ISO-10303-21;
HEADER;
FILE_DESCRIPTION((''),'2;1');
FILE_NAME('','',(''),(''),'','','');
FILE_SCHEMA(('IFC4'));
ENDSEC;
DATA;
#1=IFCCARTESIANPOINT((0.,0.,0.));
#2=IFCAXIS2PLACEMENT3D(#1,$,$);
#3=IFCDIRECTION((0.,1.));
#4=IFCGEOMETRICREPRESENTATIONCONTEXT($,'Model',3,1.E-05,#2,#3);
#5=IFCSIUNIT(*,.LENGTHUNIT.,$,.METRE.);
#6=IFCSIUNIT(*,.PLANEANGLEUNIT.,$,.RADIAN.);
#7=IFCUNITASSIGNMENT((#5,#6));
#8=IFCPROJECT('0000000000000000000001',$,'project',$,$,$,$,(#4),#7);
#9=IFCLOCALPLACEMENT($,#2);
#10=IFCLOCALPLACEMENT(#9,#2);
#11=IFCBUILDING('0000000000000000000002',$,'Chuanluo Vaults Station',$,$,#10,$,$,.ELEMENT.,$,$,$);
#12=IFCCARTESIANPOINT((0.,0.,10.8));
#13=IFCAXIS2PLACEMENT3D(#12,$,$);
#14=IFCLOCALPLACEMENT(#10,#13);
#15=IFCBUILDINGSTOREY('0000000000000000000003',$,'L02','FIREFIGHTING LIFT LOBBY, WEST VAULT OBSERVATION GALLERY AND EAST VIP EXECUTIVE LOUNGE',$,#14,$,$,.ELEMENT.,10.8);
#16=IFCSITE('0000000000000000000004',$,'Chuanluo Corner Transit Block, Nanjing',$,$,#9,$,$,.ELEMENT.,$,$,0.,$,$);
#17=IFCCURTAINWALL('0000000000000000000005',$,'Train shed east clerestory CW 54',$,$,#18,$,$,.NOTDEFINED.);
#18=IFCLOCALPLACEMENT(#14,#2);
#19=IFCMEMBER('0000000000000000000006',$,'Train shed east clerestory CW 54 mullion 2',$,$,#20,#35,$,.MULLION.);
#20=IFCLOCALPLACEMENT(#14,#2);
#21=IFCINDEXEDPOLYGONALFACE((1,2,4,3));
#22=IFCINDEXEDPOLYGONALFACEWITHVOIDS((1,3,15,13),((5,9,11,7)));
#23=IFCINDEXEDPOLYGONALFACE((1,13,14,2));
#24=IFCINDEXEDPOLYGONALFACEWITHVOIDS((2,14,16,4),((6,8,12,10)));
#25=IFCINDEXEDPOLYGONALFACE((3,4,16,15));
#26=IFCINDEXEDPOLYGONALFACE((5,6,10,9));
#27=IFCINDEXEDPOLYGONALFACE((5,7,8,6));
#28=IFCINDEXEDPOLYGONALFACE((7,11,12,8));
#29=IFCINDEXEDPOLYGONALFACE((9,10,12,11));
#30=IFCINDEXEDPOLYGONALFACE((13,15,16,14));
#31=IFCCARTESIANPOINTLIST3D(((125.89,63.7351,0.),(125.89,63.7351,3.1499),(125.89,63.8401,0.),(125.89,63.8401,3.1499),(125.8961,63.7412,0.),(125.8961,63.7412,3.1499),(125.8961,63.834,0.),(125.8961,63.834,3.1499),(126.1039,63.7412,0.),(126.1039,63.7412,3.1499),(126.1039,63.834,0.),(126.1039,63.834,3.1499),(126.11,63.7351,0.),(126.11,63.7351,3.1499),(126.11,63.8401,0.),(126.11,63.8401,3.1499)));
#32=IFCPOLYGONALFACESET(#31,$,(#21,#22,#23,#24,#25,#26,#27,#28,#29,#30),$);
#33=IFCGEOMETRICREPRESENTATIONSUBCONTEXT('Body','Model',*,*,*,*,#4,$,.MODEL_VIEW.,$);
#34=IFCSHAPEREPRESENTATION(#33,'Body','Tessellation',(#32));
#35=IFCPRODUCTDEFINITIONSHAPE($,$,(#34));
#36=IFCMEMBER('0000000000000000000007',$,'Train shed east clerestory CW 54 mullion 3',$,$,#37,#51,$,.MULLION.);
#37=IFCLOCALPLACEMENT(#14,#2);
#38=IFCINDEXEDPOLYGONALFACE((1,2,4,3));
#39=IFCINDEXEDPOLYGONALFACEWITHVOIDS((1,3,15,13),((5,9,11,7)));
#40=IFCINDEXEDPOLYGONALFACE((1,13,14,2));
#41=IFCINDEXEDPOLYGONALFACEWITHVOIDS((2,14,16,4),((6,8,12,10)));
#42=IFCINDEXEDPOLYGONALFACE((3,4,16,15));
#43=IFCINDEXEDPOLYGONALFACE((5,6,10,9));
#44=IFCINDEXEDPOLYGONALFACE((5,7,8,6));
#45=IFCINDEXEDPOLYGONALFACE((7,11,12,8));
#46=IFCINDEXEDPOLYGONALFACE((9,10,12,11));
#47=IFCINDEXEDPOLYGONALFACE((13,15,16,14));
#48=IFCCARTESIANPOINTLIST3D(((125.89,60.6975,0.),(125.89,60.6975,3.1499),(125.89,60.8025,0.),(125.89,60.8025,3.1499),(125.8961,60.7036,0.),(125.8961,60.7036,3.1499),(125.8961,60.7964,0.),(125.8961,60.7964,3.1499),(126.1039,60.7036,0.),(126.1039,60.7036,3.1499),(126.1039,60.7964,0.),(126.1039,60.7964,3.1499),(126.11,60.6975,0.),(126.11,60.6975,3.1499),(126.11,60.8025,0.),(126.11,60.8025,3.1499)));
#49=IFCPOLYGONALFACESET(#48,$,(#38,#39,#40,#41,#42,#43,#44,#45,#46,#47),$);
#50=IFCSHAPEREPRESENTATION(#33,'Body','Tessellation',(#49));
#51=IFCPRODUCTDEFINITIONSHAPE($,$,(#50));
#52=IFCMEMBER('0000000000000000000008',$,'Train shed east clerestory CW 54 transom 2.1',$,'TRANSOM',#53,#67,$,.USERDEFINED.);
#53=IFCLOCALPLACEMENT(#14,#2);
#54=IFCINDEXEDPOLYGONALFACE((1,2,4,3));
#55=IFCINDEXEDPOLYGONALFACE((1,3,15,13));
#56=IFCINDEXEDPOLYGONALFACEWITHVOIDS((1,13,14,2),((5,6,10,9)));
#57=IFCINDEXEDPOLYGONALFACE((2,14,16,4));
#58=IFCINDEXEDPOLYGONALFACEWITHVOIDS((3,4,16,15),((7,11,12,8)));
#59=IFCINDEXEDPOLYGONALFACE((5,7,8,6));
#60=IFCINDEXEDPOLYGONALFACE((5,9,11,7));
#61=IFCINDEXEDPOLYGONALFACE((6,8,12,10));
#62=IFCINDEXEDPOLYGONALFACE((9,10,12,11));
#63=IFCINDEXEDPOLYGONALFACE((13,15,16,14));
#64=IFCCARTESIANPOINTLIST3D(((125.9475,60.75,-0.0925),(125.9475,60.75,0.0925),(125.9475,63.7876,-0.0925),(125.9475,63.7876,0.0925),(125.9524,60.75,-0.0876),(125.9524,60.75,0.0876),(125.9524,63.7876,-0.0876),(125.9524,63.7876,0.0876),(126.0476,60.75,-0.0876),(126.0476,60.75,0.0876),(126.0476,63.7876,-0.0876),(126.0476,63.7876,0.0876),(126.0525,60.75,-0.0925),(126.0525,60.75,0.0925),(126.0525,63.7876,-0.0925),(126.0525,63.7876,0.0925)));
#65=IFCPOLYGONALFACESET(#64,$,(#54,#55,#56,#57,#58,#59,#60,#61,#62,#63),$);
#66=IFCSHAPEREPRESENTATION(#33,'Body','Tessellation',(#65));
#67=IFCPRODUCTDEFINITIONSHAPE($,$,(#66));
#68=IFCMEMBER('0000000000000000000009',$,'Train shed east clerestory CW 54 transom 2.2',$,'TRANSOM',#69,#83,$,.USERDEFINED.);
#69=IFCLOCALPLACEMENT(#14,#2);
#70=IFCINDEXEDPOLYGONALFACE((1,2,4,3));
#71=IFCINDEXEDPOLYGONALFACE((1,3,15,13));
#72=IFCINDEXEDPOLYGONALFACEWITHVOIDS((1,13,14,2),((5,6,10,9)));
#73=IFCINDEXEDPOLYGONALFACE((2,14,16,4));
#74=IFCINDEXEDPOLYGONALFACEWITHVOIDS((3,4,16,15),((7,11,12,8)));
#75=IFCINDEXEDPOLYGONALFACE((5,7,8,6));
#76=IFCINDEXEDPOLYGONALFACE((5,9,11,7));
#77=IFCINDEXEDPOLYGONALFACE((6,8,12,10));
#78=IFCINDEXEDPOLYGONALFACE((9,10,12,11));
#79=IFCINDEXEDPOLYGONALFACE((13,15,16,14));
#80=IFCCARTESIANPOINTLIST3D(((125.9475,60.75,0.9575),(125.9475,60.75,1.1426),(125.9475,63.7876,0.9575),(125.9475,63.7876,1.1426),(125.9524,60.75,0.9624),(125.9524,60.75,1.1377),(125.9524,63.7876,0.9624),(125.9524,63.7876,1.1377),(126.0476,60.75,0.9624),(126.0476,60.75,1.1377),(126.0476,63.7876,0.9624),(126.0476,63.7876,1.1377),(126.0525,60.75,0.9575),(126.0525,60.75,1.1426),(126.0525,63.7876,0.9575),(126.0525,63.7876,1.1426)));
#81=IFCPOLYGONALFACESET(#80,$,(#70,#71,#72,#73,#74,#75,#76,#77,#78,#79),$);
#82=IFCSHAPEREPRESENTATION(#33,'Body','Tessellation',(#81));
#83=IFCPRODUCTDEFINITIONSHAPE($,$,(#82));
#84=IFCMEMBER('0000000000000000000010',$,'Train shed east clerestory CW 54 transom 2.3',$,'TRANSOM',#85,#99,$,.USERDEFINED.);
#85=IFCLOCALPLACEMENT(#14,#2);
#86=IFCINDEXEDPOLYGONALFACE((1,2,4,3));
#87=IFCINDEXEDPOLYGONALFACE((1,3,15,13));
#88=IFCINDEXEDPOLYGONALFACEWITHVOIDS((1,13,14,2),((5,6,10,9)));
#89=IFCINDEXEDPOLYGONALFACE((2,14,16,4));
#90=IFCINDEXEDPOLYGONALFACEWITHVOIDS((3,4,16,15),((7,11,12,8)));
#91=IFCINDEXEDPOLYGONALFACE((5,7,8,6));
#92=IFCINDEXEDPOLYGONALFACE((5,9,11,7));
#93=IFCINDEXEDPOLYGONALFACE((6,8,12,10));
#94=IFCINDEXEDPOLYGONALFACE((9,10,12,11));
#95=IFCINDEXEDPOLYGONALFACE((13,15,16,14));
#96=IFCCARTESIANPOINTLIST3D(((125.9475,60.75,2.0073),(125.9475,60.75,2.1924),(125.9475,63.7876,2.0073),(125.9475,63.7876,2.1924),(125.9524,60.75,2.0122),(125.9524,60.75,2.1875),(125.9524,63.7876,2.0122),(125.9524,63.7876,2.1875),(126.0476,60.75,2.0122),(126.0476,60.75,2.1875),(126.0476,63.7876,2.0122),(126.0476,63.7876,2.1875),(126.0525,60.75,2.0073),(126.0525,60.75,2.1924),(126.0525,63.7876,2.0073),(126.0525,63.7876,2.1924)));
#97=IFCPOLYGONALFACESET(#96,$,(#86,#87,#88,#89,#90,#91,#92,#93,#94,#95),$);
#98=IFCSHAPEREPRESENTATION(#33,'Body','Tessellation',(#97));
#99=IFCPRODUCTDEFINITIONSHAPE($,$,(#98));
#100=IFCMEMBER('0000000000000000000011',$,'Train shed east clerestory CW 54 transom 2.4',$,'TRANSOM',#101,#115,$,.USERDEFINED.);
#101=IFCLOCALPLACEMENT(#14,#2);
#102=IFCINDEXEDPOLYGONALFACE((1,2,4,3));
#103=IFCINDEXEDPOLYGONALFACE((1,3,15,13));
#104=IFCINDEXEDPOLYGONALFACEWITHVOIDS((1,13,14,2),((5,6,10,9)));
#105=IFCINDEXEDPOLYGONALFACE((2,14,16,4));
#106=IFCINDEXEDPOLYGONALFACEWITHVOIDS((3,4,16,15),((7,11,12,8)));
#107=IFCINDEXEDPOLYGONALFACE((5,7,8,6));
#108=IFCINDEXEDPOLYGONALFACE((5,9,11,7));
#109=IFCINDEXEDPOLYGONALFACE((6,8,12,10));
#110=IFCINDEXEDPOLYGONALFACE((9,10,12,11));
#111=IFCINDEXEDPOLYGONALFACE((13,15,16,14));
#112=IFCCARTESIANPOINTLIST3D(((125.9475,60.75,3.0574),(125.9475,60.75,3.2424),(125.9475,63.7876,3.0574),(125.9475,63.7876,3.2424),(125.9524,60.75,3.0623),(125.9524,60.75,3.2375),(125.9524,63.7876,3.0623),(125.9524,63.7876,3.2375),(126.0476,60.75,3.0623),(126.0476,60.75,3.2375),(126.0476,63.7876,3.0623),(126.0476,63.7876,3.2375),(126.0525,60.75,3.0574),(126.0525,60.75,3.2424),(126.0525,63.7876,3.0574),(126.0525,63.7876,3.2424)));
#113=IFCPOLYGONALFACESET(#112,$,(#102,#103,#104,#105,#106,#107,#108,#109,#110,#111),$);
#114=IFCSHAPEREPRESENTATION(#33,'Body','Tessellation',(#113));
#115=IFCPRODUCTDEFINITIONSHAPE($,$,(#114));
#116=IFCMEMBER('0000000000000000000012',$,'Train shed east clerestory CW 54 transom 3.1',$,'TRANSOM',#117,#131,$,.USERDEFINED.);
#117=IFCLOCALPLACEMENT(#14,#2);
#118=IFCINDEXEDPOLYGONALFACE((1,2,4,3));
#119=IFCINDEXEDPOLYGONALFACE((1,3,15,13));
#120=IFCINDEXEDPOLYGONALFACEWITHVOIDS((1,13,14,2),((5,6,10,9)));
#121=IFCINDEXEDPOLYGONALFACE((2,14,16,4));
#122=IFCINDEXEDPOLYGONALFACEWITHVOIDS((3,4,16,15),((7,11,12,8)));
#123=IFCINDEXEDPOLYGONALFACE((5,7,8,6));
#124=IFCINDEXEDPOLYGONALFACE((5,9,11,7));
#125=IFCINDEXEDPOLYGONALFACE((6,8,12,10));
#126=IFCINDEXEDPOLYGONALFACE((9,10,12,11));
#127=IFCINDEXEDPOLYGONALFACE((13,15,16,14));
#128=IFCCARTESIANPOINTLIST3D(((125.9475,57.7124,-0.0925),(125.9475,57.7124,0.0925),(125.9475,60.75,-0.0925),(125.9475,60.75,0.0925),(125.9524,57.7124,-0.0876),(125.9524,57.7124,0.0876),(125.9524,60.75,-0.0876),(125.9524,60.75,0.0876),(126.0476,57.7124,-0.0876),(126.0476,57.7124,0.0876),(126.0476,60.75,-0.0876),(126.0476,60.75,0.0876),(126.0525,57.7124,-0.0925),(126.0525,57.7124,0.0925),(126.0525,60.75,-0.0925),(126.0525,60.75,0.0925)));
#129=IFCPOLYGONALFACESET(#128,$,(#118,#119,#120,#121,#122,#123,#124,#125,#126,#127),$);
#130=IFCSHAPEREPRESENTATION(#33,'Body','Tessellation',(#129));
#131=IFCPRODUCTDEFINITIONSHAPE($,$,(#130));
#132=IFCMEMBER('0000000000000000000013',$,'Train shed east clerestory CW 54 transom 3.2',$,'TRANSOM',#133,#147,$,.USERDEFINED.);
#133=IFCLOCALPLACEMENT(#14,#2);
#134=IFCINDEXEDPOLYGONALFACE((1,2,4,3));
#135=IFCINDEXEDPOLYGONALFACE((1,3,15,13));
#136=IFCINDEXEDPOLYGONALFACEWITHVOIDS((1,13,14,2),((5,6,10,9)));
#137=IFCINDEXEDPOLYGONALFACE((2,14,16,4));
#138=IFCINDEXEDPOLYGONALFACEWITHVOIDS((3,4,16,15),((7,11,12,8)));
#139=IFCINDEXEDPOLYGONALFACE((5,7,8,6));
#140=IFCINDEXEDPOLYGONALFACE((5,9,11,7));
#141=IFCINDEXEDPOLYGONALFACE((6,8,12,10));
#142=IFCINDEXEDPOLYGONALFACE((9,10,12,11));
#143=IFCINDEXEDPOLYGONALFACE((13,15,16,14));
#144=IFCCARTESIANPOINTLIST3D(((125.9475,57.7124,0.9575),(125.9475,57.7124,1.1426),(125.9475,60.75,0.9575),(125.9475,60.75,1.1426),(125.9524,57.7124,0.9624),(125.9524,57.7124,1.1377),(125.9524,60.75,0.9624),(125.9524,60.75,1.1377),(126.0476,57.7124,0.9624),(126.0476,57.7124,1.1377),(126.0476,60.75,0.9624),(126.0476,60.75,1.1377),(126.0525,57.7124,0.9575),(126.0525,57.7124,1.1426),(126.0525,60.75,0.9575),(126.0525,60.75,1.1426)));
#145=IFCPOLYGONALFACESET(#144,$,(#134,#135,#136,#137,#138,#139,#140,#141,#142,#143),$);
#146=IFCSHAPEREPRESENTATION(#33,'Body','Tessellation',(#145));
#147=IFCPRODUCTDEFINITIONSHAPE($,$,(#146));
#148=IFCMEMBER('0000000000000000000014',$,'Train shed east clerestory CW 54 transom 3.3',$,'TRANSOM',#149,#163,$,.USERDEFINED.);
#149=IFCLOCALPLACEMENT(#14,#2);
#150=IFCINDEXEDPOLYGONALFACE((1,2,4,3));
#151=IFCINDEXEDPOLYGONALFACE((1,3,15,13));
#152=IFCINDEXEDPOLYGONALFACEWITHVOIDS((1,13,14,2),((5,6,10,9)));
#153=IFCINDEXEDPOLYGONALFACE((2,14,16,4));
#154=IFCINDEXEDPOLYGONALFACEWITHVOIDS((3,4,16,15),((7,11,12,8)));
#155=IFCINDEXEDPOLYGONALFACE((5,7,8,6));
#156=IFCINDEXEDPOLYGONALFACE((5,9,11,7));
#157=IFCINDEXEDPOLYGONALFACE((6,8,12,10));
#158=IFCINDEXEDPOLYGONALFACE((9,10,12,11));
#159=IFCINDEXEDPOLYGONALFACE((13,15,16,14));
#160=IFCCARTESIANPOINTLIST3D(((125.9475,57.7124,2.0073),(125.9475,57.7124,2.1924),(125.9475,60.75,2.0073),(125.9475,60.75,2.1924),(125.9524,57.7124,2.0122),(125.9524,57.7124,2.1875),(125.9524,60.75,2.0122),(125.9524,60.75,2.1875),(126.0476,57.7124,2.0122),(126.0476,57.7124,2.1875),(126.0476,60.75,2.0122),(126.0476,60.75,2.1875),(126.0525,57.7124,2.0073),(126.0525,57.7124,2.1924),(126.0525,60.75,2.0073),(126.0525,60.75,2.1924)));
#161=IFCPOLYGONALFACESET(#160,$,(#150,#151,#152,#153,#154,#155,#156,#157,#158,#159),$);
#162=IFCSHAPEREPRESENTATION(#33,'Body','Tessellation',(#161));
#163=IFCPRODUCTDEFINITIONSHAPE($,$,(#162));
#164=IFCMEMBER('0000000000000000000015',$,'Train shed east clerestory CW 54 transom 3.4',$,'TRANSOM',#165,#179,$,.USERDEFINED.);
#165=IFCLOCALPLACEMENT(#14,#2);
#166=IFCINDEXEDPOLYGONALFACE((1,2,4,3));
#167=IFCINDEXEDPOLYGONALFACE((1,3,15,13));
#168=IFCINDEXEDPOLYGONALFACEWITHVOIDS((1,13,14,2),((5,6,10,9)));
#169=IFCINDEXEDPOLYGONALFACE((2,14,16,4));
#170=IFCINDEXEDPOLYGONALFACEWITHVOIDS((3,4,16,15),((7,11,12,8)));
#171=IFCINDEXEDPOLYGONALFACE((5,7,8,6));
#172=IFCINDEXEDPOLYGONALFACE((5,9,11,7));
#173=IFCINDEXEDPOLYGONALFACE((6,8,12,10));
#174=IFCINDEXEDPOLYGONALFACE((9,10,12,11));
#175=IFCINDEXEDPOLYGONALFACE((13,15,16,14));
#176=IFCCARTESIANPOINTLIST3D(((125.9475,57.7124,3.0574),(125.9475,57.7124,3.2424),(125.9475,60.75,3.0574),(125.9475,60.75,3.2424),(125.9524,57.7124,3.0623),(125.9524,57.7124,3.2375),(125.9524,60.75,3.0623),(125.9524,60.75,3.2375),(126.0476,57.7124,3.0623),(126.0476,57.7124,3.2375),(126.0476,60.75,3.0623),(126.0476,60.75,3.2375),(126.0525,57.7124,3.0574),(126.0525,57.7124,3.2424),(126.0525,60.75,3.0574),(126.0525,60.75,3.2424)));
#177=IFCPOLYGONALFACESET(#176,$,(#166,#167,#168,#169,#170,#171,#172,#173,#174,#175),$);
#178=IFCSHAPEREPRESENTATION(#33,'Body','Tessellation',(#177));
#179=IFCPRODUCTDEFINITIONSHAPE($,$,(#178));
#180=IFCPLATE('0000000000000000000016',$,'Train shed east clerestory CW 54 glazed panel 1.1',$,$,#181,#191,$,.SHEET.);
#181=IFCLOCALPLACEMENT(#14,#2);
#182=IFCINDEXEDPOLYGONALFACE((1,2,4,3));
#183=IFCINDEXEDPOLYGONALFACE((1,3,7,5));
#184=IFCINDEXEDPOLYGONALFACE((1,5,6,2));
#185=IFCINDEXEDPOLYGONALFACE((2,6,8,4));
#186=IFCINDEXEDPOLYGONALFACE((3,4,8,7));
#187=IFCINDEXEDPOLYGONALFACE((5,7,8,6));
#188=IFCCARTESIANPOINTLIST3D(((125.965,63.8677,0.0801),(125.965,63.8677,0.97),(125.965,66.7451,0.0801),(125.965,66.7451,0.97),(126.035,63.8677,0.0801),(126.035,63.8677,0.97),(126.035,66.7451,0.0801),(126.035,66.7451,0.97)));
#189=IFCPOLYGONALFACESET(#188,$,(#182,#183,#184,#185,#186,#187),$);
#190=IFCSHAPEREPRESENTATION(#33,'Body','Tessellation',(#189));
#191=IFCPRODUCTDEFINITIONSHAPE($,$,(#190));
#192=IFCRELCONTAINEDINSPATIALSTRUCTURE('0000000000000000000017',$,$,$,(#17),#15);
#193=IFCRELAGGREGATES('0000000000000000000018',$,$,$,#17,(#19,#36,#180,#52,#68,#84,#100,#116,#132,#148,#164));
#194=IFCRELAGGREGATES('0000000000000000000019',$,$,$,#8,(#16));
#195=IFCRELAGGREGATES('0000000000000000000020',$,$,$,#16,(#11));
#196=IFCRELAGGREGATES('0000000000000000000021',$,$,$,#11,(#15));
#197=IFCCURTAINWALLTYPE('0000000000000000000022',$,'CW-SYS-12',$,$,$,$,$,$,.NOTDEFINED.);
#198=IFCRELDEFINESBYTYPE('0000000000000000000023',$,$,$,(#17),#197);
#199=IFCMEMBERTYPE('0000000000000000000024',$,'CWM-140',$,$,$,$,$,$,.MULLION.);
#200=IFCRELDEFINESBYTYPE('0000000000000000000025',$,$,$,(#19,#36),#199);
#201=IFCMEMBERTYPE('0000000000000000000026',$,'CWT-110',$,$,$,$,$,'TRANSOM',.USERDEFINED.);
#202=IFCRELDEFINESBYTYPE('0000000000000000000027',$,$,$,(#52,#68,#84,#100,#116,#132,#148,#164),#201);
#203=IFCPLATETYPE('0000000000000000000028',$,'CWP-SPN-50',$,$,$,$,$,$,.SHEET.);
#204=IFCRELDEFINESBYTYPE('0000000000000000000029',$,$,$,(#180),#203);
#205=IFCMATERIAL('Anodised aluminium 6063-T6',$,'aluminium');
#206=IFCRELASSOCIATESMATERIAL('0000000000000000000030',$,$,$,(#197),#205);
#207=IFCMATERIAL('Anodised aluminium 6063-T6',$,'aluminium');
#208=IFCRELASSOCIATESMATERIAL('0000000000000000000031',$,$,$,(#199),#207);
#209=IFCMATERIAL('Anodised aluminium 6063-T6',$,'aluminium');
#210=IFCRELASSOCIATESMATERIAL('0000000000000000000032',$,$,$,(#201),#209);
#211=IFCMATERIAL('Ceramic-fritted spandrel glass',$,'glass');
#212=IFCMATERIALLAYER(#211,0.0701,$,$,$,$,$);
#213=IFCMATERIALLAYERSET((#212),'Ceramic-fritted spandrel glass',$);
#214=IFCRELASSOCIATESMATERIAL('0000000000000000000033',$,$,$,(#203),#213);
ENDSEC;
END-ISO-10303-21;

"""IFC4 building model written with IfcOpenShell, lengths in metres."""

from ifc_helpers import new_model, si_unit, direction, frame, origin, origin_2d, place, context, subcontext, project, spatial, rectangle, hollow_rectangle, extrude, material, layer, layer_set, material_profile, profile_set, type_object, element, aggregate, save


model = new_model("IFC4")

# Units and contexts
model_context = context("Model", 3, precision=1e-05, world=origin(), true_north=direction((0.0, 1.0)))
body_context = subcontext(model_context, "Body", "Model", "MODEL_VIEW")
ifc_project = project(units=[si_unit("LENGTHUNIT", "METRE"), si_unit("PLANEANGLEUNIT", "RADIAN")], contexts=[model_context])

# Site, building, storey
site_placement = place(None, origin())
site = spatial("IfcSite", under=ifc_project, at=site_placement, Name="Chuanluo Corner Transit Block, Nanjing", CompositionType="ELEMENT", RefElevation=0.0)
building_placement = place(site_placement, origin())
building = spatial("IfcBuilding", under=site, at=building_placement, Name="Chuanluo Vaults Station", CompositionType="ELEMENT")
storey_placement = place(building_placement, frame((0.0, 0.0, 10.8)))
storey = spatial("IfcBuildingStorey", under=building, at=storey_placement, Name="L02", Description="FIREFIGHTING LIFT LOBBY, WEST VAULT OBSERVATION GALLERY AND EAST VIP EXECUTIVE LOUNGE", CompositionType="ELEMENT", Elevation=10.8)

# Curtain wall, members, plate
ifc_material_1 = material(Name="Anodised aluminium 6063-T6", Category="aluminium")
curtain_wall_type = type_object("IfcCurtainWallType", Name="CW-SYS-12", PredefinedType="NOTDEFINED", material=ifc_material_1)
curtain_wall_placement = place(storey_placement, origin())
curtain_wall = element("IfcCurtainWall", 1, at=curtain_wall_placement, inside=storey, type_object=curtain_wall_type, Name="Train shed east clerestory CW 54", PredefinedType="NOTDEFINED")
ifc_material_2 = material(Name="Anodised aluminium 6063-T6", Category="aluminium")
ifc_material_profile_1 = material_profile(ifc_material_2, hollow_rectangle(XDim=0.105, YDim=0.22, WallThickness=0.0061, at=origin_2d()))
ifc_profile_set_1 = profile_set([ifc_material_profile_1], Name="Anodised aluminium 6063-T6")
member_type_1 = type_object("IfcMemberType", Name="CWM-140", PredefinedType="MULLION", material=ifc_profile_set_1)
member_1_placement = place(storey_placement, frame((126.0, 63.7876, 0.0), z_axis=(0.0, 0.0, 1.0), x_axis=(0.0, -1.0, 0.0)))
member_1 = element("IfcMember", 2, at=member_1_placement, type_object=member_type_1, Name="Train shed east clerestory CW 54 mullion 2", PredefinedType="MULLION", context=body_context, shape_type="SweptSolid", body=[
    extrude(hollow_rectangle(XDim=0.105, YDim=0.22, WallThickness=0.0061, at=origin_2d()), origin(), (0.0, 0.0, 1.0), 3.1499),
])
member_2_placement = place(storey_placement, frame((126.0, 60.75, 0.0), z_axis=(0.0, 0.0, 1.0), x_axis=(0.0, -1.0, 0.0)))
member_2 = element("IfcMember", 3, at=member_2_placement, type_object=member_type_1, Name="Train shed east clerestory CW 54 mullion 3", PredefinedType="MULLION", context=body_context, shape_type="SweptSolid", body=[
    extrude(hollow_rectangle(XDim=0.105, YDim=0.22, WallThickness=0.0061, at=origin_2d()), origin(), (0.0, 0.0, 1.0), 3.1499),
])
ifc_material_3 = material(Name="Anodised aluminium 6063-T6", Category="aluminium")
ifc_material_profile_2 = material_profile(ifc_material_3, hollow_rectangle(XDim=0.105, YDim=0.1851, WallThickness=0.0049, at=origin_2d()))
ifc_profile_set_2 = profile_set([ifc_material_profile_2], Name="Anodised aluminium 6063-T6")
member_type_2 = type_object("IfcMemberType", Name="CWT-110", ElementType="TRANSOM", PredefinedType="USERDEFINED", material=ifc_profile_set_2)
member_3_placement = place(storey_placement, frame((126.0, 63.7876, 0.0), z_axis=(0.0, -1.0, 0.0), x_axis=(1.0, 0.0, 0.0)))
member_3 = element("IfcMember", 4, at=member_3_placement, type_object=member_type_2, Name="Train shed east clerestory CW 54 transom 2.1", ObjectType="TRANSOM", PredefinedType="USERDEFINED", context=body_context, shape_type="SweptSolid", body=[
    extrude(hollow_rectangle(XDim=0.105, YDim=0.1851, WallThickness=0.0049, at=origin_2d()), origin(), (0.0, 0.0, 1.0), 3.0376),
])
member_4_placement = place(storey_placement, frame((126.0, 63.7876, 1.05), z_axis=(0.0, -1.0, 0.0), x_axis=(1.0, 0.0, 0.0)))
member_4 = element("IfcMember", 5, at=member_4_placement, type_object=member_type_2, Name="Train shed east clerestory CW 54 transom 2.2", ObjectType="TRANSOM", PredefinedType="USERDEFINED", context=body_context, shape_type="SweptSolid", body=[
    extrude(hollow_rectangle(XDim=0.105, YDim=0.1851, WallThickness=0.0049, at=origin_2d()), origin(), (0.0, 0.0, 1.0), 3.0376),
])
member_5_placement = place(storey_placement, frame((126.0, 63.7876, 2.0999), z_axis=(0.0, -1.0, 0.0), x_axis=(1.0, 0.0, 0.0)))
member_5 = element("IfcMember", 6, at=member_5_placement, type_object=member_type_2, Name="Train shed east clerestory CW 54 transom 2.3", ObjectType="TRANSOM", PredefinedType="USERDEFINED", context=body_context, shape_type="SweptSolid", body=[
    extrude(hollow_rectangle(XDim=0.105, YDim=0.1851, WallThickness=0.0049, at=origin_2d()), origin(), (0.0, 0.0, 1.0), 3.0376),
])
member_6_placement = place(storey_placement, frame((126.0, 63.7876, 3.1499), z_axis=(0.0, -1.0, 0.0), x_axis=(1.0, 0.0, 0.0)))
member_6 = element("IfcMember", 7, at=member_6_placement, type_object=member_type_2, Name="Train shed east clerestory CW 54 transom 2.4", ObjectType="TRANSOM", PredefinedType="USERDEFINED", context=body_context, shape_type="SweptSolid", body=[
    extrude(hollow_rectangle(XDim=0.105, YDim=0.1851, WallThickness=0.0049, at=origin_2d()), origin(), (0.0, 0.0, 1.0), 3.0376),
])
member_7_placement = place(storey_placement, frame((126.0, 60.75, 0.0), z_axis=(0.0, -1.0, 0.0), x_axis=(1.0, 0.0, 0.0)))
member_7 = element("IfcMember", 8, at=member_7_placement, type_object=member_type_2, Name="Train shed east clerestory CW 54 transom 3.1", ObjectType="TRANSOM", PredefinedType="USERDEFINED", context=body_context, shape_type="SweptSolid", body=[
    extrude(hollow_rectangle(XDim=0.105, YDim=0.1851, WallThickness=0.0049, at=origin_2d()), origin(), (0.0, 0.0, 1.0), 3.0376),
])
member_8_placement = place(storey_placement, frame((126.0, 60.75, 1.05), z_axis=(0.0, -1.0, 0.0), x_axis=(1.0, 0.0, 0.0)))
member_8 = element("IfcMember", 9, at=member_8_placement, type_object=member_type_2, Name="Train shed east clerestory CW 54 transom 3.2", ObjectType="TRANSOM", PredefinedType="USERDEFINED", context=body_context, shape_type="SweptSolid", body=[
    extrude(hollow_rectangle(XDim=0.105, YDim=0.1851, WallThickness=0.0049, at=origin_2d()), origin(), (0.0, 0.0, 1.0), 3.0376),
])
member_9_placement = place(storey_placement, frame((126.0, 60.75, 2.0999), z_axis=(0.0, -1.0, 0.0), x_axis=(1.0, 0.0, 0.0)))
member_9 = element("IfcMember", 10, at=member_9_placement, type_object=member_type_2, Name="Train shed east clerestory CW 54 transom 3.3", ObjectType="TRANSOM", PredefinedType="USERDEFINED", context=body_context, shape_type="SweptSolid", body=[
    extrude(hollow_rectangle(XDim=0.105, YDim=0.1851, WallThickness=0.0049, at=origin_2d()), origin(), (0.0, 0.0, 1.0), 3.0376),
])
member_10_placement = place(storey_placement, frame((126.0, 60.75, 3.1499), z_axis=(0.0, -1.0, 0.0), x_axis=(1.0, 0.0, 0.0)))
member_10 = element("IfcMember", 11, at=member_10_placement, type_object=member_type_2, Name="Train shed east clerestory CW 54 transom 3.4", ObjectType="TRANSOM", PredefinedType="USERDEFINED", context=body_context, shape_type="SweptSolid", body=[
    extrude(hollow_rectangle(XDim=0.105, YDim=0.1851, WallThickness=0.0049, at=origin_2d()), origin(), (0.0, 0.0, 1.0), 3.0376),
])
ifc_material_4 = material(Name="Ceramic-fritted spandrel glass", Category="glass")
ifc_layer_1 = layer(ifc_material_4, 0.0701)
ifc_layer_set_1 = layer_set([ifc_layer_1], Name="Ceramic-fritted spandrel glass")
plate_type_1 = type_object("IfcPlateType", Name="CWP-SPN-50", PredefinedType="SHEET", material=ifc_layer_set_1)
plate_1_placement = place(storey_placement, frame((126.0, 65.3064, 0.0801), z_axis=(0.0, 0.0, 1.0), x_axis=(0.0, -1.0, 0.0)))
plate_1 = element("IfcPlate", 12, at=plate_1_placement, type_object=plate_type_1, Name="Train shed east clerestory CW 54 glazed panel 1.1", PredefinedType="SHEET", context=body_context, shape_type="SweptSolid", body=[
    extrude(rectangle(XDim=2.8774, YDim=0.0701, at=origin_2d()), origin(), (0.0, 0.0, 1.0), 0.8899),
])
aggregate(curtain_wall, [member_1, member_2, plate_1, member_3, member_4, member_5, member_6, member_7, member_8, member_9, member_10])

save(model, "model.ifc")
